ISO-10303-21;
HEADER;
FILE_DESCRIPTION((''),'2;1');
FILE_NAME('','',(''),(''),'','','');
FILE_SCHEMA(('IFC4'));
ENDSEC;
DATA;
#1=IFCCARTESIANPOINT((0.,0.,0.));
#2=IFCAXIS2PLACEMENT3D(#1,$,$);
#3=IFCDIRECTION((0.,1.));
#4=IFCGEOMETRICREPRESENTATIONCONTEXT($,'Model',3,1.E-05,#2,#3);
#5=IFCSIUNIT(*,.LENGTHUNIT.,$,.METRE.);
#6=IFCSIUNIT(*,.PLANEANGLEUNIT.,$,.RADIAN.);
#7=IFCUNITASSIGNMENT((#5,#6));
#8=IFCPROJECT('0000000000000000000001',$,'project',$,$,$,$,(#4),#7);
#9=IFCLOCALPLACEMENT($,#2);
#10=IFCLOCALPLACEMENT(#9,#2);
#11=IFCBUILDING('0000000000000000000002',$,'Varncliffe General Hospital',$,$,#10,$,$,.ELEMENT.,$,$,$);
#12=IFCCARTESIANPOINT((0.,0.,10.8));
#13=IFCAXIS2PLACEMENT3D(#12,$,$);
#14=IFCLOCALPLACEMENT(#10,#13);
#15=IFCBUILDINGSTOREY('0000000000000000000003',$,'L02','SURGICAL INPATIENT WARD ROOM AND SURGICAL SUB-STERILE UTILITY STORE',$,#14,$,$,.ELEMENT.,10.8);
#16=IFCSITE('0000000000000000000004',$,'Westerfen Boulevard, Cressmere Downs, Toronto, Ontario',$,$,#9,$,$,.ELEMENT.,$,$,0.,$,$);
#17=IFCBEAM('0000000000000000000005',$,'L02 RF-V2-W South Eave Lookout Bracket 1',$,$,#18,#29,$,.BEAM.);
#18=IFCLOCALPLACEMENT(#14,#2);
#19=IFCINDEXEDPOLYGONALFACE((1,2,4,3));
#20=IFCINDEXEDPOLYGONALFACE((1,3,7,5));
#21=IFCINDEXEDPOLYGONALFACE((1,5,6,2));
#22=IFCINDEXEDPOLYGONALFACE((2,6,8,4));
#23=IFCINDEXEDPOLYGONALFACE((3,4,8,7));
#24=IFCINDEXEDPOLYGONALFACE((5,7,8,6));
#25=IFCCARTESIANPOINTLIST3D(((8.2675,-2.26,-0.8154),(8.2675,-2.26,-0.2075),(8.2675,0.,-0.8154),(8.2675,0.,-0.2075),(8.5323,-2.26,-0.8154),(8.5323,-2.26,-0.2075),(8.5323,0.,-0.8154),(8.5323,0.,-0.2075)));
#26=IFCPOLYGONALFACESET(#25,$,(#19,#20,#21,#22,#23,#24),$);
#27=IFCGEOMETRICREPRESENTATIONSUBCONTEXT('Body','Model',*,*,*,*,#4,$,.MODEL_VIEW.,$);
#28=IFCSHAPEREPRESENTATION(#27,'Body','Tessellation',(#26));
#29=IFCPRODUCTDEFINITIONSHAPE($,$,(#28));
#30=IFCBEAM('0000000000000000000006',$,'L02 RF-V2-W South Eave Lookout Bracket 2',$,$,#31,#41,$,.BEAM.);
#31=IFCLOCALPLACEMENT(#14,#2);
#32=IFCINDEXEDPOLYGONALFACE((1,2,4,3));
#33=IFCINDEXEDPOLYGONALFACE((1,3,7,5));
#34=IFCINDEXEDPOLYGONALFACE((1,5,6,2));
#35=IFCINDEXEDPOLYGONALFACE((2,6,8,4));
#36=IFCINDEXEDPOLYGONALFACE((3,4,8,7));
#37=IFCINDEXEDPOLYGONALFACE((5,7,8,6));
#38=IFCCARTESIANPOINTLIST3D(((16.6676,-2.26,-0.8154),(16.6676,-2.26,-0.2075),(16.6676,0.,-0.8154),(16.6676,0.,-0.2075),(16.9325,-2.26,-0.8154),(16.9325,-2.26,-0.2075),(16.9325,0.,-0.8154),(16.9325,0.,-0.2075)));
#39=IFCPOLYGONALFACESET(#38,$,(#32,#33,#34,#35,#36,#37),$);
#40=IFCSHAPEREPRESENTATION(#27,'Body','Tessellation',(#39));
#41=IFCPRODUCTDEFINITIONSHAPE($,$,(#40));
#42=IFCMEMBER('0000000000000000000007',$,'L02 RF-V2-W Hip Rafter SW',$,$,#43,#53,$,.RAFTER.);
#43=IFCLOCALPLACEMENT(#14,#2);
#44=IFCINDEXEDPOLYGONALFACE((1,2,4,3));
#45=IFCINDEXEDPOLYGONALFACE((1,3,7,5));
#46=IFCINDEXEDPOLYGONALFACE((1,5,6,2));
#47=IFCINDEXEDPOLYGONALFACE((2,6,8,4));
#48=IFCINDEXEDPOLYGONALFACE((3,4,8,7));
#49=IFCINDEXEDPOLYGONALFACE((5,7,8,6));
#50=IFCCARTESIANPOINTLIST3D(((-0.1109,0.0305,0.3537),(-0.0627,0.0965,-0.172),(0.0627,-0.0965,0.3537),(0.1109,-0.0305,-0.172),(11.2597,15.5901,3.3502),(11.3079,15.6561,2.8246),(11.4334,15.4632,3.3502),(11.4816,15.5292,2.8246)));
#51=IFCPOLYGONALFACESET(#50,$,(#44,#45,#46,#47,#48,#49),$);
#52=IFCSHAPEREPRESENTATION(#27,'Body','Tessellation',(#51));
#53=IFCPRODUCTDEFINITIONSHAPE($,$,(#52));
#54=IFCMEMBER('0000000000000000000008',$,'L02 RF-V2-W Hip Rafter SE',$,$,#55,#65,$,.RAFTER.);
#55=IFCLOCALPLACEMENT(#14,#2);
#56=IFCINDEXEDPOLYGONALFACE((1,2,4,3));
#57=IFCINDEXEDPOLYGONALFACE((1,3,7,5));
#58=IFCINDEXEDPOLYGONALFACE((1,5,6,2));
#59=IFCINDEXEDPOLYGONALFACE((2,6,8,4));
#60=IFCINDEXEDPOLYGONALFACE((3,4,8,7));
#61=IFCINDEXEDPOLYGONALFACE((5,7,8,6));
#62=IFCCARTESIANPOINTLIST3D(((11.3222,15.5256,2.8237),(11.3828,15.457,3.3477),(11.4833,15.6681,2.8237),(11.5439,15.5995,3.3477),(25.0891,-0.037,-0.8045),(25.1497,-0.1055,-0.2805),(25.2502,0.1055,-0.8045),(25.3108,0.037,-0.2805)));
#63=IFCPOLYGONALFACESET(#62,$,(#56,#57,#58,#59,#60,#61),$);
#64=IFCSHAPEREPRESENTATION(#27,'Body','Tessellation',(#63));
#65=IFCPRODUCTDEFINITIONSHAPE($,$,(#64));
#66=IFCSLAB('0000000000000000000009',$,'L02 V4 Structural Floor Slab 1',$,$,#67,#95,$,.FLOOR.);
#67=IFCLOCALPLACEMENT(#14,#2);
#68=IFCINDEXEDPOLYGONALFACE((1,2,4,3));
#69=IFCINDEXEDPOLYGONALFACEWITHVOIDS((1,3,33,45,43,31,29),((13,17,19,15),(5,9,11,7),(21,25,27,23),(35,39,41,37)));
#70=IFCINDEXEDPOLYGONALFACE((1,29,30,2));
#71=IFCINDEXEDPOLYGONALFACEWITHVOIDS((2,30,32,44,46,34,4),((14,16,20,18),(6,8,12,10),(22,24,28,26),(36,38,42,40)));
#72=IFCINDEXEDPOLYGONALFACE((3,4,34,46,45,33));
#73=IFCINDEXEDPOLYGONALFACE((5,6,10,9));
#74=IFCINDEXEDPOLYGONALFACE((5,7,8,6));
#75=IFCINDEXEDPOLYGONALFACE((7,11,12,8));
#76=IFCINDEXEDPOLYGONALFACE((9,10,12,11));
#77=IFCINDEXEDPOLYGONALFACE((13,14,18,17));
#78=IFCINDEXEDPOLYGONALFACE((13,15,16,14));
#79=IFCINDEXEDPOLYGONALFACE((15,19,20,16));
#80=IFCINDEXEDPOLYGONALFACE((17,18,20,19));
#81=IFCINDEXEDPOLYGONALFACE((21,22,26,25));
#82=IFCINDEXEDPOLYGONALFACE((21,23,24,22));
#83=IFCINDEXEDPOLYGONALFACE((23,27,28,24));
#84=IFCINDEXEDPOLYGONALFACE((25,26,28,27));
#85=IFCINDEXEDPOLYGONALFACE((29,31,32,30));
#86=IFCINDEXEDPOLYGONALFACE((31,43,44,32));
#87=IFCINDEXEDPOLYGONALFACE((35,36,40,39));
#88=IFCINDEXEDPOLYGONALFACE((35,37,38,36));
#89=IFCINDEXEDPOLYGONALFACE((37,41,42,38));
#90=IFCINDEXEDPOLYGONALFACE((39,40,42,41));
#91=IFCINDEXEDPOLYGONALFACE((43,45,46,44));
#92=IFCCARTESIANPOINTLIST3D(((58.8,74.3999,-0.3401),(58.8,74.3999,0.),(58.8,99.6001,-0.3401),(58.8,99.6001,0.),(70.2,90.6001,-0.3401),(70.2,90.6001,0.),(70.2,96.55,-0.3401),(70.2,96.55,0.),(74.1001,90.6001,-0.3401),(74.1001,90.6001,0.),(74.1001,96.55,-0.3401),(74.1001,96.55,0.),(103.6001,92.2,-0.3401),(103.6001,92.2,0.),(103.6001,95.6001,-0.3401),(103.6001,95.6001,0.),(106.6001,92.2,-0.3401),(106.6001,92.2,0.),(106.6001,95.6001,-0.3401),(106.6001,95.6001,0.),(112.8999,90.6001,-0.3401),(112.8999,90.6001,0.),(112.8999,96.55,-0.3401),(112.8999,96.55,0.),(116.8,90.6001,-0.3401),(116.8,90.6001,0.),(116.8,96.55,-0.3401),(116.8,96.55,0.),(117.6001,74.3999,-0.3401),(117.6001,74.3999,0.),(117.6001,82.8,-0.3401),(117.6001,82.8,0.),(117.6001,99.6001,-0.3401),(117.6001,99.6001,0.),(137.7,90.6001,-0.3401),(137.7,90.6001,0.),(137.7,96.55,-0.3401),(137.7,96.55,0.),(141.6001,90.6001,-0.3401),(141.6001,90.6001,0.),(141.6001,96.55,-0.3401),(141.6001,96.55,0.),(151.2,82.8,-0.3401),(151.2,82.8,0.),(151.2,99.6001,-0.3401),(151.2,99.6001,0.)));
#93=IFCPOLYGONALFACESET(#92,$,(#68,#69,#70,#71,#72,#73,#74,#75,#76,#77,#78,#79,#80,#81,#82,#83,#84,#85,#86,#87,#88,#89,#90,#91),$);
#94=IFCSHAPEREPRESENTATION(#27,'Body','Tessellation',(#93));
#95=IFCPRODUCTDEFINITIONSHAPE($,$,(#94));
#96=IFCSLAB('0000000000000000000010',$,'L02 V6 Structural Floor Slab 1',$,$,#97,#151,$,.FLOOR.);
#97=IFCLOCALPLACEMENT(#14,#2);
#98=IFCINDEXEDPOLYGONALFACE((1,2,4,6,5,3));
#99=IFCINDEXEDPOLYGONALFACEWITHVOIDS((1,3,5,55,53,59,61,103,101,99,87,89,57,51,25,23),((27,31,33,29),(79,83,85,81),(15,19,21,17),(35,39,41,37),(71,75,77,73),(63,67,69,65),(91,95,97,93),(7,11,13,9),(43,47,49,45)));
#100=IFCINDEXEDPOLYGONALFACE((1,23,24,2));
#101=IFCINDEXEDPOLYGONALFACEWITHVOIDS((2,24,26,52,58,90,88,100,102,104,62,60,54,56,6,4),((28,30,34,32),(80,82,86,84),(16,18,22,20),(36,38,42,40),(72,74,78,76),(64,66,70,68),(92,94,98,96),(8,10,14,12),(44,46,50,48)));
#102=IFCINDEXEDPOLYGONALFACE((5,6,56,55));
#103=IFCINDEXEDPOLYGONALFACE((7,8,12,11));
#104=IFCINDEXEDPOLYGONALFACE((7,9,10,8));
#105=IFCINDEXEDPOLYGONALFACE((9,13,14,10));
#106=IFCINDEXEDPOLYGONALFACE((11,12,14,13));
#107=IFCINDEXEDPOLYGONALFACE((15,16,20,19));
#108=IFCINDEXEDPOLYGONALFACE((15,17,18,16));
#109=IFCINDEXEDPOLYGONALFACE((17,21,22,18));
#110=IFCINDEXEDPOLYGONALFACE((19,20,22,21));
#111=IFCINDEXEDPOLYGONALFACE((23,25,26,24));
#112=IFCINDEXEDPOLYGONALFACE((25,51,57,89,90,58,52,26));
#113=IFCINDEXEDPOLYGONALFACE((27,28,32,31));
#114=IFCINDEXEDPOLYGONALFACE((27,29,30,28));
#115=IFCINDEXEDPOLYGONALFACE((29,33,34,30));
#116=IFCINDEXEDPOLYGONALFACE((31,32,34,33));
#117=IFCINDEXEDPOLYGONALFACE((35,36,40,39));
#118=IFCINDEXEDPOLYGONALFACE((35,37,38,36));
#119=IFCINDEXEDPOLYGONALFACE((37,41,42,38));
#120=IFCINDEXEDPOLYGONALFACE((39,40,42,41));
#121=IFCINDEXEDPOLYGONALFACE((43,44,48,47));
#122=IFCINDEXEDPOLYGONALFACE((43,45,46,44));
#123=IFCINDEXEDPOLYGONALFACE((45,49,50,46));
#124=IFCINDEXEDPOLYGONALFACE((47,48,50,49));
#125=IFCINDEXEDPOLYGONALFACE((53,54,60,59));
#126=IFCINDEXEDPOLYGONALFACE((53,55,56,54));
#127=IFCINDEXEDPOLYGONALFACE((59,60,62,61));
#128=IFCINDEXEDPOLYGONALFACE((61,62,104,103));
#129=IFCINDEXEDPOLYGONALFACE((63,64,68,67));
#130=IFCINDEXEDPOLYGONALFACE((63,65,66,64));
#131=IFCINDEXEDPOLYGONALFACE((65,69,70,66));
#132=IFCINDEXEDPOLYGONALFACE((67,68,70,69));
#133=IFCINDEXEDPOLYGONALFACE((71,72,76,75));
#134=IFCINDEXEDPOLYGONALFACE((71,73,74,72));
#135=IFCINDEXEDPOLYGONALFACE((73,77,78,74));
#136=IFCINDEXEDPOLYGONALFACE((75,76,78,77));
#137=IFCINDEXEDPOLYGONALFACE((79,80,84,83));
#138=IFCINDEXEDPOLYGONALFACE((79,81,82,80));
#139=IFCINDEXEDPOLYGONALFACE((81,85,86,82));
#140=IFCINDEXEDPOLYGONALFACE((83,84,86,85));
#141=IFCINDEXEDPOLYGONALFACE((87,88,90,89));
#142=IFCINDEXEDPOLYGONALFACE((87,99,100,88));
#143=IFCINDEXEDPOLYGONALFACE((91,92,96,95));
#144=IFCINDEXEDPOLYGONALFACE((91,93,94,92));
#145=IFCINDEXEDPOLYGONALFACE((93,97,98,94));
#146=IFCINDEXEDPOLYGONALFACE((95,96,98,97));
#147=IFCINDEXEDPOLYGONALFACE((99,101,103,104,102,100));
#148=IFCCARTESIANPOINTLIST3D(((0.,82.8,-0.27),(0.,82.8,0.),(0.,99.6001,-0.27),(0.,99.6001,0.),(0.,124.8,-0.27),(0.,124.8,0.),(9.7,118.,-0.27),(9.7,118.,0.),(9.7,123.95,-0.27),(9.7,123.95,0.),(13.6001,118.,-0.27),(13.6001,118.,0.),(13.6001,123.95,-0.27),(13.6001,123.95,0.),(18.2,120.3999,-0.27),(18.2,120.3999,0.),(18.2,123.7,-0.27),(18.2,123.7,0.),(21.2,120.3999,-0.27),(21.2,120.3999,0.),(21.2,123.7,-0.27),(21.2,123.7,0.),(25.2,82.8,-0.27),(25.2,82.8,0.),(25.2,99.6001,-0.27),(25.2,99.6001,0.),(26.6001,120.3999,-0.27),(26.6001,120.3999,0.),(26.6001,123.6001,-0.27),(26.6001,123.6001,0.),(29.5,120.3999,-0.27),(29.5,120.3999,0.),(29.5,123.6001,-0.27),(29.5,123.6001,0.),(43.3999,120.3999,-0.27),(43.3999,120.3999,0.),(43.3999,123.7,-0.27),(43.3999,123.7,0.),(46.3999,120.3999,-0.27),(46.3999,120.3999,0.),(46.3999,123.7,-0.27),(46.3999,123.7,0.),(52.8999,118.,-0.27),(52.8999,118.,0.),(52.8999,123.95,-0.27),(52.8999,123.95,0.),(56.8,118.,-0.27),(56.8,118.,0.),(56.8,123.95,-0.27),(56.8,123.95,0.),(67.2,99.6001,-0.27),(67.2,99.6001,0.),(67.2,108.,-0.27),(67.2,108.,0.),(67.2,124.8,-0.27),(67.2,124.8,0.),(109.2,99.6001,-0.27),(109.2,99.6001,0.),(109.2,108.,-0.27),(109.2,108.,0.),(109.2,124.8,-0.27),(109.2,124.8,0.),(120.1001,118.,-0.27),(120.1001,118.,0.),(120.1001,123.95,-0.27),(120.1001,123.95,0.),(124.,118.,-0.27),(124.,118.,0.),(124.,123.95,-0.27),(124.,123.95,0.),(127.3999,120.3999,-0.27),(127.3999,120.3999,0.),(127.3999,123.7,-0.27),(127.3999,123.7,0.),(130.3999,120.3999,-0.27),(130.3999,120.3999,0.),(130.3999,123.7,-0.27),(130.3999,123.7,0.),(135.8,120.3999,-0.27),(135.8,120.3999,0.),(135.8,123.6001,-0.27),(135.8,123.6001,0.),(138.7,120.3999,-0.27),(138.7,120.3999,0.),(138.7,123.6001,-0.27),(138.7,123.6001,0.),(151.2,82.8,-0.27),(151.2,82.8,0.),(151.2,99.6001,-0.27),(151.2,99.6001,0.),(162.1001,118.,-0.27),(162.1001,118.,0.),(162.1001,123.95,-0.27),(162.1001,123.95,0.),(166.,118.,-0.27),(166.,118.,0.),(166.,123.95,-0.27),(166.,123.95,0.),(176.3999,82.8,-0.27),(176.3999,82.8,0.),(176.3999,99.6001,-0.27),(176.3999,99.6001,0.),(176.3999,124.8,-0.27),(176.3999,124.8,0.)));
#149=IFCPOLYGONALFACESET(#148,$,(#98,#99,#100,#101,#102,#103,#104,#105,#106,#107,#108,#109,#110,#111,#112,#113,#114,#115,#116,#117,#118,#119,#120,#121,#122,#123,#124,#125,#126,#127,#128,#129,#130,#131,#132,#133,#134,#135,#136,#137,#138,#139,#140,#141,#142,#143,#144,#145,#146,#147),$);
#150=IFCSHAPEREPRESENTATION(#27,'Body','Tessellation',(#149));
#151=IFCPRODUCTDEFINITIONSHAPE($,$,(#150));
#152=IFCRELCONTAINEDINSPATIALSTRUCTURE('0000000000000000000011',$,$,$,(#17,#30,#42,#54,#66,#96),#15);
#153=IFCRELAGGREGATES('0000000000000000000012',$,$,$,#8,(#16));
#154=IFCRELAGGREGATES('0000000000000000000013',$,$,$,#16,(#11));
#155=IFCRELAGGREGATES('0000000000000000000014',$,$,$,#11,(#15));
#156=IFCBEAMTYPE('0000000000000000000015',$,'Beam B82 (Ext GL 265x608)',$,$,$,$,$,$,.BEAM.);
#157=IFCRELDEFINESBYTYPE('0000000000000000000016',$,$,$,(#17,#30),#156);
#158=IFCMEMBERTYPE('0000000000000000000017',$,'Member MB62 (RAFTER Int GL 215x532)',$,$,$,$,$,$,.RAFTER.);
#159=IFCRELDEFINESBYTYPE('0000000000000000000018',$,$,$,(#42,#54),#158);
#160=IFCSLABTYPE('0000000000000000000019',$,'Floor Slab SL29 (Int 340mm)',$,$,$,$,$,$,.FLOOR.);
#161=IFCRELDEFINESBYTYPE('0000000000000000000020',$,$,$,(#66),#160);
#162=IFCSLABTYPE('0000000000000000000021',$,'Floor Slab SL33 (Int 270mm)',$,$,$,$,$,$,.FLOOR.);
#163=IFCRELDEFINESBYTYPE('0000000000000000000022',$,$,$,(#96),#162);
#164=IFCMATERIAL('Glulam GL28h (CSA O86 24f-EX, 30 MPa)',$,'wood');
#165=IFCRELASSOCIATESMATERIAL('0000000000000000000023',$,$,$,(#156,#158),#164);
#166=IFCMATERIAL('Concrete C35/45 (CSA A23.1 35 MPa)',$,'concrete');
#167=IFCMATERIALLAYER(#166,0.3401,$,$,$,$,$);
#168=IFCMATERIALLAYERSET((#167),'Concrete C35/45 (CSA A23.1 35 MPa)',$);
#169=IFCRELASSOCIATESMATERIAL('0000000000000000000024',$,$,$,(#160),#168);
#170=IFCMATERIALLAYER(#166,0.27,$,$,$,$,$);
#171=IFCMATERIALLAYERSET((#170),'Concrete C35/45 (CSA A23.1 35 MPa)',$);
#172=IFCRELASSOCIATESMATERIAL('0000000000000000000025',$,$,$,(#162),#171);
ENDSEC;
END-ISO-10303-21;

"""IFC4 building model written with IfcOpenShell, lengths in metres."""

from ifc_helpers import new_model, si_unit, direction, frame, origin, origin_2d, place, context, subcontext, project, spatial, polyline, rectangle, outline, extrude, material, layer, layer_set, material_profile, profile_set, type_object, element, save


model = new_model("IFC4")

# Units and contexts
model_context = context("Model", 3, precision=1e-05, world=origin(), true_north=direction((0.0, 1.0)))
body_context = subcontext(model_context, "Body", "Model", "MODEL_VIEW")
ifc_project = project(units=[si_unit("LENGTHUNIT", "METRE"), si_unit("PLANEANGLEUNIT", "RADIAN")], contexts=[model_context])

# Site, building, storey
site_placement = place(None, origin())
site = spatial("IfcSite", under=ifc_project, at=site_placement, Name="Westerfen Boulevard, Cressmere Downs, Toronto, Ontario", CompositionType="ELEMENT", RefElevation=0.0)
building_placement = place(site_placement, origin())
building = spatial("IfcBuilding", under=site, at=building_placement, Name="Varncliffe General Hospital", CompositionType="ELEMENT")
storey_placement = place(building_placement, frame((0.0, 0.0, 10.8)))
storey = spatial("IfcBuildingStorey", under=building, at=storey_placement, Name="L02", Description="SURGICAL INPATIENT WARD ROOM AND SURGICAL SUB-STERILE UTILITY STORE", CompositionType="ELEMENT", Elevation=10.8)

# Beams
ifc_material_1 = material(Name="Glulam GL28h (CSA O86 24f-EX, 30 MPa)", Category="wood")
ifc_material_profile_1 = material_profile(ifc_material_1, rectangle(XDim=0.2649, YDim=0.6079, at=origin_2d()), Name="GL 265x608")
ifc_profile_set_1 = profile_set([ifc_material_profile_1], Name="Glulam GL28h (CSA O86 24f-EX, 30 MPa)")
beam_type = type_object("IfcBeamType", Name="Beam B82 (Ext GL 265x608)", PredefinedType="BEAM", material=ifc_profile_set_1)
for number, where, z_axis, x_axis, name in (
    (1, (8.3999, -2.26, -0.5115), (0.0, 1.0, 0.0), (-1.0, 0.0, 0.0), "L02 RF-V2-W South Eave Lookout Bracket 1"),
    (2, (16.8, -2.26, -0.5115), (0.0, 1.0, 0.0), (-1.0, 0.0, 0.0), "L02 RF-V2-W South Eave Lookout Bracket 2"),
):
    element("IfcBeam", number, at=place(storey_placement, frame(where, z_axis=z_axis, x_axis=x_axis)), inside=storey, type_object=beam_type, Name=name, PredefinedType="BEAM", context=body_context, shape_type="SweptSolid", body=[
        extrude(rectangle(XDim=0.2649, YDim=0.6079, at=origin_2d()), origin(), (0.0, 0.0, 1.0), 2.26),
    ])

# Members
ifc_material_profile_2 = material_profile(ifc_material_1, rectangle(XDim=0.2151, YDim=0.532, at=origin_2d()), Name="GL 215x532")
ifc_profile_set_2 = profile_set([ifc_material_profile_2], Name="Glulam GL28h (CSA O86 24f-EX, 30 MPa)")
member_type = type_object("IfcMemberType", Name="Member MB62 (RAFTER Int GL 215x532)", PredefinedType="RAFTER", material=ifc_profile_set_2)
member_1_placement = place(storey_placement, frame((0.0, 0.0, 0.0908), z_axis=(0.583016, 0.7978, 0.153647), x_axis=(-0.807387, 0.590022, 0.0)))
element("IfcMember", 3, at=member_1_placement, inside=storey, type_object=member_type, Name="L02 RF-V2-W Hip Rafter SW", PredefinedType="RAFTER", context=body_context, shape_type="SweptSolid", body=[
    extrude(rectangle(XDim=0.2151, YDim=0.532, at=origin_2d()), origin(), (0.0, 0.0, 1.0), 19.5032),
])
member_2_placement = place(storey_placement, frame((25.2, 0.0, -0.5425), z_axis=(-0.652698, 0.737832, 0.172015), x_axis=(-0.748996, -0.662574, 0.0)))
element("IfcMember", 4, at=member_2_placement, inside=storey, type_object=member_type, Name="L02 RF-V2-W Hip Rafter SE", PredefinedType="RAFTER", context=body_context, shape_type="SweptSolid", body=[
    extrude(rectangle(XDim=0.2151, YDim=0.532, at=origin_2d()), origin(), (0.0, 0.0, 1.0), 21.0923),
])

# Slabs
ifc_material_2 = material(Name="Concrete C35/45 (CSA A23.1 35 MPa)", Category="concrete")
ifc_layer_1 = layer(ifc_material_2, 0.3401)
ifc_layer_set_1 = layer_set([ifc_layer_1], Name="Concrete C35/45 (CSA A23.1 35 MPa)")
slab_type_1 = type_object("IfcSlabType", Name="Floor Slab SL29 (Int 340mm)", PredefinedType="FLOOR", material=ifc_layer_set_1)
slab_1_placement = place(storey_placement, frame((0.0, 0.0, -0.3401)))
element("IfcSlab", 5, at=slab_1_placement, inside=storey, type_object=slab_type_1, Name="L02 V4 Structural Floor Slab 1", PredefinedType="FLOOR", context=body_context, shape_type="SweptSolid", body=[
    extrude(outline(polyline([(117.6001, 74.3999), (58.8, 74.3999), (58.8, 99.6001), (117.6001, 99.6001), (151.2, 99.6001), (151.2, 82.8), (117.6001, 82.8), (117.6001, 74.3999)]), holes=[polyline([(116.8, 90.6001), (116.8, 96.55), (112.8999, 96.55), (112.8999, 90.6001), (116.8, 90.6001)]), polyline([(74.1001, 90.6001), (74.1001, 96.55), (70.2, 96.55), (70.2, 90.6001), (74.1001, 90.6001)]), polyline([(141.6001, 90.6001), (141.6001, 96.55), (137.7, 96.55), (137.7, 90.6001), (141.6001, 90.6001)]), polyline([(103.6001, 92.2), (106.6001, 92.2), (106.6001, 95.6001), (103.6001, 95.6001), (103.6001, 92.2)])]), origin(), (0.0, 0.0, 1.0), 0.3401),
])
ifc_layer_2 = layer(ifc_material_2, 0.27)
ifc_layer_set_2 = layer_set([ifc_layer_2], Name="Concrete C35/45 (CSA A23.1 35 MPa)")
slab_type_2 = type_object("IfcSlabType", Name="Floor Slab SL33 (Int 270mm)", PredefinedType="FLOOR", material=ifc_layer_set_2)
slab_2_placement = place(storey_placement, frame((0.0, 0.0, -0.27)))
element("IfcSlab", 6, at=slab_2_placement, inside=storey, type_object=slab_type_2, Name="L02 V6 Structural Floor Slab 1", PredefinedType="FLOOR", context=body_context, shape_type="SweptSolid", body=[
    extrude(outline(polyline([(0.0, 99.6001), (0.0, 124.8), (67.2, 124.8), (67.2, 108.0), (109.2, 108.0), (109.2, 124.8), (176.3999, 124.8), (176.3999, 99.6001), (176.3999, 82.8), (151.2, 82.8), (151.2, 99.6001), (109.2, 99.6001), (67.2, 99.6001), (25.2, 99.6001), (25.2, 82.8), (0.0, 82.8), (0.0, 99.6001)]), holes=[polyline([(13.6001, 118.0), (13.6001, 123.95), (9.7, 123.95), (9.7, 118.0), (13.6001, 118.0)]), polyline([(56.8, 118.0), (56.8, 123.95), (52.8999, 123.95), (52.8999, 118.0), (56.8, 118.0)]), polyline([(124.0, 118.0), (124.0, 123.95), (120.1001, 123.95), (120.1001, 118.0), (124.0, 118.0)]), polyline([(166.0, 118.0), (166.0, 123.95), (162.1001, 123.95), (162.1001, 118.0), (166.0, 118.0)]), polyline([(18.2, 120.3999), (21.2, 120.3999), (21.2, 123.7), (18.2, 123.7), (18.2, 120.3999)]), polyline([(43.3999, 120.3999), (46.3999, 120.3999), (46.3999, 123.7), (43.3999, 123.7), (43.3999, 120.3999)]), polyline([(127.3999, 120.3999), (130.3999, 120.3999), (130.3999, 123.7), (127.3999, 123.7), (127.3999, 120.3999)]), polyline([(26.6001, 120.3999), (29.5, 120.3999), (29.5, 123.6001), (26.6001, 123.6001), (26.6001, 120.3999)]), polyline([(135.8, 120.3999), (138.7, 120.3999), (138.7, 123.6001), (135.8, 123.6001), (135.8, 120.3999)])]), origin(), (0.0, 0.0, 1.0), 0.27),
])

save(model, "model.ifc")
